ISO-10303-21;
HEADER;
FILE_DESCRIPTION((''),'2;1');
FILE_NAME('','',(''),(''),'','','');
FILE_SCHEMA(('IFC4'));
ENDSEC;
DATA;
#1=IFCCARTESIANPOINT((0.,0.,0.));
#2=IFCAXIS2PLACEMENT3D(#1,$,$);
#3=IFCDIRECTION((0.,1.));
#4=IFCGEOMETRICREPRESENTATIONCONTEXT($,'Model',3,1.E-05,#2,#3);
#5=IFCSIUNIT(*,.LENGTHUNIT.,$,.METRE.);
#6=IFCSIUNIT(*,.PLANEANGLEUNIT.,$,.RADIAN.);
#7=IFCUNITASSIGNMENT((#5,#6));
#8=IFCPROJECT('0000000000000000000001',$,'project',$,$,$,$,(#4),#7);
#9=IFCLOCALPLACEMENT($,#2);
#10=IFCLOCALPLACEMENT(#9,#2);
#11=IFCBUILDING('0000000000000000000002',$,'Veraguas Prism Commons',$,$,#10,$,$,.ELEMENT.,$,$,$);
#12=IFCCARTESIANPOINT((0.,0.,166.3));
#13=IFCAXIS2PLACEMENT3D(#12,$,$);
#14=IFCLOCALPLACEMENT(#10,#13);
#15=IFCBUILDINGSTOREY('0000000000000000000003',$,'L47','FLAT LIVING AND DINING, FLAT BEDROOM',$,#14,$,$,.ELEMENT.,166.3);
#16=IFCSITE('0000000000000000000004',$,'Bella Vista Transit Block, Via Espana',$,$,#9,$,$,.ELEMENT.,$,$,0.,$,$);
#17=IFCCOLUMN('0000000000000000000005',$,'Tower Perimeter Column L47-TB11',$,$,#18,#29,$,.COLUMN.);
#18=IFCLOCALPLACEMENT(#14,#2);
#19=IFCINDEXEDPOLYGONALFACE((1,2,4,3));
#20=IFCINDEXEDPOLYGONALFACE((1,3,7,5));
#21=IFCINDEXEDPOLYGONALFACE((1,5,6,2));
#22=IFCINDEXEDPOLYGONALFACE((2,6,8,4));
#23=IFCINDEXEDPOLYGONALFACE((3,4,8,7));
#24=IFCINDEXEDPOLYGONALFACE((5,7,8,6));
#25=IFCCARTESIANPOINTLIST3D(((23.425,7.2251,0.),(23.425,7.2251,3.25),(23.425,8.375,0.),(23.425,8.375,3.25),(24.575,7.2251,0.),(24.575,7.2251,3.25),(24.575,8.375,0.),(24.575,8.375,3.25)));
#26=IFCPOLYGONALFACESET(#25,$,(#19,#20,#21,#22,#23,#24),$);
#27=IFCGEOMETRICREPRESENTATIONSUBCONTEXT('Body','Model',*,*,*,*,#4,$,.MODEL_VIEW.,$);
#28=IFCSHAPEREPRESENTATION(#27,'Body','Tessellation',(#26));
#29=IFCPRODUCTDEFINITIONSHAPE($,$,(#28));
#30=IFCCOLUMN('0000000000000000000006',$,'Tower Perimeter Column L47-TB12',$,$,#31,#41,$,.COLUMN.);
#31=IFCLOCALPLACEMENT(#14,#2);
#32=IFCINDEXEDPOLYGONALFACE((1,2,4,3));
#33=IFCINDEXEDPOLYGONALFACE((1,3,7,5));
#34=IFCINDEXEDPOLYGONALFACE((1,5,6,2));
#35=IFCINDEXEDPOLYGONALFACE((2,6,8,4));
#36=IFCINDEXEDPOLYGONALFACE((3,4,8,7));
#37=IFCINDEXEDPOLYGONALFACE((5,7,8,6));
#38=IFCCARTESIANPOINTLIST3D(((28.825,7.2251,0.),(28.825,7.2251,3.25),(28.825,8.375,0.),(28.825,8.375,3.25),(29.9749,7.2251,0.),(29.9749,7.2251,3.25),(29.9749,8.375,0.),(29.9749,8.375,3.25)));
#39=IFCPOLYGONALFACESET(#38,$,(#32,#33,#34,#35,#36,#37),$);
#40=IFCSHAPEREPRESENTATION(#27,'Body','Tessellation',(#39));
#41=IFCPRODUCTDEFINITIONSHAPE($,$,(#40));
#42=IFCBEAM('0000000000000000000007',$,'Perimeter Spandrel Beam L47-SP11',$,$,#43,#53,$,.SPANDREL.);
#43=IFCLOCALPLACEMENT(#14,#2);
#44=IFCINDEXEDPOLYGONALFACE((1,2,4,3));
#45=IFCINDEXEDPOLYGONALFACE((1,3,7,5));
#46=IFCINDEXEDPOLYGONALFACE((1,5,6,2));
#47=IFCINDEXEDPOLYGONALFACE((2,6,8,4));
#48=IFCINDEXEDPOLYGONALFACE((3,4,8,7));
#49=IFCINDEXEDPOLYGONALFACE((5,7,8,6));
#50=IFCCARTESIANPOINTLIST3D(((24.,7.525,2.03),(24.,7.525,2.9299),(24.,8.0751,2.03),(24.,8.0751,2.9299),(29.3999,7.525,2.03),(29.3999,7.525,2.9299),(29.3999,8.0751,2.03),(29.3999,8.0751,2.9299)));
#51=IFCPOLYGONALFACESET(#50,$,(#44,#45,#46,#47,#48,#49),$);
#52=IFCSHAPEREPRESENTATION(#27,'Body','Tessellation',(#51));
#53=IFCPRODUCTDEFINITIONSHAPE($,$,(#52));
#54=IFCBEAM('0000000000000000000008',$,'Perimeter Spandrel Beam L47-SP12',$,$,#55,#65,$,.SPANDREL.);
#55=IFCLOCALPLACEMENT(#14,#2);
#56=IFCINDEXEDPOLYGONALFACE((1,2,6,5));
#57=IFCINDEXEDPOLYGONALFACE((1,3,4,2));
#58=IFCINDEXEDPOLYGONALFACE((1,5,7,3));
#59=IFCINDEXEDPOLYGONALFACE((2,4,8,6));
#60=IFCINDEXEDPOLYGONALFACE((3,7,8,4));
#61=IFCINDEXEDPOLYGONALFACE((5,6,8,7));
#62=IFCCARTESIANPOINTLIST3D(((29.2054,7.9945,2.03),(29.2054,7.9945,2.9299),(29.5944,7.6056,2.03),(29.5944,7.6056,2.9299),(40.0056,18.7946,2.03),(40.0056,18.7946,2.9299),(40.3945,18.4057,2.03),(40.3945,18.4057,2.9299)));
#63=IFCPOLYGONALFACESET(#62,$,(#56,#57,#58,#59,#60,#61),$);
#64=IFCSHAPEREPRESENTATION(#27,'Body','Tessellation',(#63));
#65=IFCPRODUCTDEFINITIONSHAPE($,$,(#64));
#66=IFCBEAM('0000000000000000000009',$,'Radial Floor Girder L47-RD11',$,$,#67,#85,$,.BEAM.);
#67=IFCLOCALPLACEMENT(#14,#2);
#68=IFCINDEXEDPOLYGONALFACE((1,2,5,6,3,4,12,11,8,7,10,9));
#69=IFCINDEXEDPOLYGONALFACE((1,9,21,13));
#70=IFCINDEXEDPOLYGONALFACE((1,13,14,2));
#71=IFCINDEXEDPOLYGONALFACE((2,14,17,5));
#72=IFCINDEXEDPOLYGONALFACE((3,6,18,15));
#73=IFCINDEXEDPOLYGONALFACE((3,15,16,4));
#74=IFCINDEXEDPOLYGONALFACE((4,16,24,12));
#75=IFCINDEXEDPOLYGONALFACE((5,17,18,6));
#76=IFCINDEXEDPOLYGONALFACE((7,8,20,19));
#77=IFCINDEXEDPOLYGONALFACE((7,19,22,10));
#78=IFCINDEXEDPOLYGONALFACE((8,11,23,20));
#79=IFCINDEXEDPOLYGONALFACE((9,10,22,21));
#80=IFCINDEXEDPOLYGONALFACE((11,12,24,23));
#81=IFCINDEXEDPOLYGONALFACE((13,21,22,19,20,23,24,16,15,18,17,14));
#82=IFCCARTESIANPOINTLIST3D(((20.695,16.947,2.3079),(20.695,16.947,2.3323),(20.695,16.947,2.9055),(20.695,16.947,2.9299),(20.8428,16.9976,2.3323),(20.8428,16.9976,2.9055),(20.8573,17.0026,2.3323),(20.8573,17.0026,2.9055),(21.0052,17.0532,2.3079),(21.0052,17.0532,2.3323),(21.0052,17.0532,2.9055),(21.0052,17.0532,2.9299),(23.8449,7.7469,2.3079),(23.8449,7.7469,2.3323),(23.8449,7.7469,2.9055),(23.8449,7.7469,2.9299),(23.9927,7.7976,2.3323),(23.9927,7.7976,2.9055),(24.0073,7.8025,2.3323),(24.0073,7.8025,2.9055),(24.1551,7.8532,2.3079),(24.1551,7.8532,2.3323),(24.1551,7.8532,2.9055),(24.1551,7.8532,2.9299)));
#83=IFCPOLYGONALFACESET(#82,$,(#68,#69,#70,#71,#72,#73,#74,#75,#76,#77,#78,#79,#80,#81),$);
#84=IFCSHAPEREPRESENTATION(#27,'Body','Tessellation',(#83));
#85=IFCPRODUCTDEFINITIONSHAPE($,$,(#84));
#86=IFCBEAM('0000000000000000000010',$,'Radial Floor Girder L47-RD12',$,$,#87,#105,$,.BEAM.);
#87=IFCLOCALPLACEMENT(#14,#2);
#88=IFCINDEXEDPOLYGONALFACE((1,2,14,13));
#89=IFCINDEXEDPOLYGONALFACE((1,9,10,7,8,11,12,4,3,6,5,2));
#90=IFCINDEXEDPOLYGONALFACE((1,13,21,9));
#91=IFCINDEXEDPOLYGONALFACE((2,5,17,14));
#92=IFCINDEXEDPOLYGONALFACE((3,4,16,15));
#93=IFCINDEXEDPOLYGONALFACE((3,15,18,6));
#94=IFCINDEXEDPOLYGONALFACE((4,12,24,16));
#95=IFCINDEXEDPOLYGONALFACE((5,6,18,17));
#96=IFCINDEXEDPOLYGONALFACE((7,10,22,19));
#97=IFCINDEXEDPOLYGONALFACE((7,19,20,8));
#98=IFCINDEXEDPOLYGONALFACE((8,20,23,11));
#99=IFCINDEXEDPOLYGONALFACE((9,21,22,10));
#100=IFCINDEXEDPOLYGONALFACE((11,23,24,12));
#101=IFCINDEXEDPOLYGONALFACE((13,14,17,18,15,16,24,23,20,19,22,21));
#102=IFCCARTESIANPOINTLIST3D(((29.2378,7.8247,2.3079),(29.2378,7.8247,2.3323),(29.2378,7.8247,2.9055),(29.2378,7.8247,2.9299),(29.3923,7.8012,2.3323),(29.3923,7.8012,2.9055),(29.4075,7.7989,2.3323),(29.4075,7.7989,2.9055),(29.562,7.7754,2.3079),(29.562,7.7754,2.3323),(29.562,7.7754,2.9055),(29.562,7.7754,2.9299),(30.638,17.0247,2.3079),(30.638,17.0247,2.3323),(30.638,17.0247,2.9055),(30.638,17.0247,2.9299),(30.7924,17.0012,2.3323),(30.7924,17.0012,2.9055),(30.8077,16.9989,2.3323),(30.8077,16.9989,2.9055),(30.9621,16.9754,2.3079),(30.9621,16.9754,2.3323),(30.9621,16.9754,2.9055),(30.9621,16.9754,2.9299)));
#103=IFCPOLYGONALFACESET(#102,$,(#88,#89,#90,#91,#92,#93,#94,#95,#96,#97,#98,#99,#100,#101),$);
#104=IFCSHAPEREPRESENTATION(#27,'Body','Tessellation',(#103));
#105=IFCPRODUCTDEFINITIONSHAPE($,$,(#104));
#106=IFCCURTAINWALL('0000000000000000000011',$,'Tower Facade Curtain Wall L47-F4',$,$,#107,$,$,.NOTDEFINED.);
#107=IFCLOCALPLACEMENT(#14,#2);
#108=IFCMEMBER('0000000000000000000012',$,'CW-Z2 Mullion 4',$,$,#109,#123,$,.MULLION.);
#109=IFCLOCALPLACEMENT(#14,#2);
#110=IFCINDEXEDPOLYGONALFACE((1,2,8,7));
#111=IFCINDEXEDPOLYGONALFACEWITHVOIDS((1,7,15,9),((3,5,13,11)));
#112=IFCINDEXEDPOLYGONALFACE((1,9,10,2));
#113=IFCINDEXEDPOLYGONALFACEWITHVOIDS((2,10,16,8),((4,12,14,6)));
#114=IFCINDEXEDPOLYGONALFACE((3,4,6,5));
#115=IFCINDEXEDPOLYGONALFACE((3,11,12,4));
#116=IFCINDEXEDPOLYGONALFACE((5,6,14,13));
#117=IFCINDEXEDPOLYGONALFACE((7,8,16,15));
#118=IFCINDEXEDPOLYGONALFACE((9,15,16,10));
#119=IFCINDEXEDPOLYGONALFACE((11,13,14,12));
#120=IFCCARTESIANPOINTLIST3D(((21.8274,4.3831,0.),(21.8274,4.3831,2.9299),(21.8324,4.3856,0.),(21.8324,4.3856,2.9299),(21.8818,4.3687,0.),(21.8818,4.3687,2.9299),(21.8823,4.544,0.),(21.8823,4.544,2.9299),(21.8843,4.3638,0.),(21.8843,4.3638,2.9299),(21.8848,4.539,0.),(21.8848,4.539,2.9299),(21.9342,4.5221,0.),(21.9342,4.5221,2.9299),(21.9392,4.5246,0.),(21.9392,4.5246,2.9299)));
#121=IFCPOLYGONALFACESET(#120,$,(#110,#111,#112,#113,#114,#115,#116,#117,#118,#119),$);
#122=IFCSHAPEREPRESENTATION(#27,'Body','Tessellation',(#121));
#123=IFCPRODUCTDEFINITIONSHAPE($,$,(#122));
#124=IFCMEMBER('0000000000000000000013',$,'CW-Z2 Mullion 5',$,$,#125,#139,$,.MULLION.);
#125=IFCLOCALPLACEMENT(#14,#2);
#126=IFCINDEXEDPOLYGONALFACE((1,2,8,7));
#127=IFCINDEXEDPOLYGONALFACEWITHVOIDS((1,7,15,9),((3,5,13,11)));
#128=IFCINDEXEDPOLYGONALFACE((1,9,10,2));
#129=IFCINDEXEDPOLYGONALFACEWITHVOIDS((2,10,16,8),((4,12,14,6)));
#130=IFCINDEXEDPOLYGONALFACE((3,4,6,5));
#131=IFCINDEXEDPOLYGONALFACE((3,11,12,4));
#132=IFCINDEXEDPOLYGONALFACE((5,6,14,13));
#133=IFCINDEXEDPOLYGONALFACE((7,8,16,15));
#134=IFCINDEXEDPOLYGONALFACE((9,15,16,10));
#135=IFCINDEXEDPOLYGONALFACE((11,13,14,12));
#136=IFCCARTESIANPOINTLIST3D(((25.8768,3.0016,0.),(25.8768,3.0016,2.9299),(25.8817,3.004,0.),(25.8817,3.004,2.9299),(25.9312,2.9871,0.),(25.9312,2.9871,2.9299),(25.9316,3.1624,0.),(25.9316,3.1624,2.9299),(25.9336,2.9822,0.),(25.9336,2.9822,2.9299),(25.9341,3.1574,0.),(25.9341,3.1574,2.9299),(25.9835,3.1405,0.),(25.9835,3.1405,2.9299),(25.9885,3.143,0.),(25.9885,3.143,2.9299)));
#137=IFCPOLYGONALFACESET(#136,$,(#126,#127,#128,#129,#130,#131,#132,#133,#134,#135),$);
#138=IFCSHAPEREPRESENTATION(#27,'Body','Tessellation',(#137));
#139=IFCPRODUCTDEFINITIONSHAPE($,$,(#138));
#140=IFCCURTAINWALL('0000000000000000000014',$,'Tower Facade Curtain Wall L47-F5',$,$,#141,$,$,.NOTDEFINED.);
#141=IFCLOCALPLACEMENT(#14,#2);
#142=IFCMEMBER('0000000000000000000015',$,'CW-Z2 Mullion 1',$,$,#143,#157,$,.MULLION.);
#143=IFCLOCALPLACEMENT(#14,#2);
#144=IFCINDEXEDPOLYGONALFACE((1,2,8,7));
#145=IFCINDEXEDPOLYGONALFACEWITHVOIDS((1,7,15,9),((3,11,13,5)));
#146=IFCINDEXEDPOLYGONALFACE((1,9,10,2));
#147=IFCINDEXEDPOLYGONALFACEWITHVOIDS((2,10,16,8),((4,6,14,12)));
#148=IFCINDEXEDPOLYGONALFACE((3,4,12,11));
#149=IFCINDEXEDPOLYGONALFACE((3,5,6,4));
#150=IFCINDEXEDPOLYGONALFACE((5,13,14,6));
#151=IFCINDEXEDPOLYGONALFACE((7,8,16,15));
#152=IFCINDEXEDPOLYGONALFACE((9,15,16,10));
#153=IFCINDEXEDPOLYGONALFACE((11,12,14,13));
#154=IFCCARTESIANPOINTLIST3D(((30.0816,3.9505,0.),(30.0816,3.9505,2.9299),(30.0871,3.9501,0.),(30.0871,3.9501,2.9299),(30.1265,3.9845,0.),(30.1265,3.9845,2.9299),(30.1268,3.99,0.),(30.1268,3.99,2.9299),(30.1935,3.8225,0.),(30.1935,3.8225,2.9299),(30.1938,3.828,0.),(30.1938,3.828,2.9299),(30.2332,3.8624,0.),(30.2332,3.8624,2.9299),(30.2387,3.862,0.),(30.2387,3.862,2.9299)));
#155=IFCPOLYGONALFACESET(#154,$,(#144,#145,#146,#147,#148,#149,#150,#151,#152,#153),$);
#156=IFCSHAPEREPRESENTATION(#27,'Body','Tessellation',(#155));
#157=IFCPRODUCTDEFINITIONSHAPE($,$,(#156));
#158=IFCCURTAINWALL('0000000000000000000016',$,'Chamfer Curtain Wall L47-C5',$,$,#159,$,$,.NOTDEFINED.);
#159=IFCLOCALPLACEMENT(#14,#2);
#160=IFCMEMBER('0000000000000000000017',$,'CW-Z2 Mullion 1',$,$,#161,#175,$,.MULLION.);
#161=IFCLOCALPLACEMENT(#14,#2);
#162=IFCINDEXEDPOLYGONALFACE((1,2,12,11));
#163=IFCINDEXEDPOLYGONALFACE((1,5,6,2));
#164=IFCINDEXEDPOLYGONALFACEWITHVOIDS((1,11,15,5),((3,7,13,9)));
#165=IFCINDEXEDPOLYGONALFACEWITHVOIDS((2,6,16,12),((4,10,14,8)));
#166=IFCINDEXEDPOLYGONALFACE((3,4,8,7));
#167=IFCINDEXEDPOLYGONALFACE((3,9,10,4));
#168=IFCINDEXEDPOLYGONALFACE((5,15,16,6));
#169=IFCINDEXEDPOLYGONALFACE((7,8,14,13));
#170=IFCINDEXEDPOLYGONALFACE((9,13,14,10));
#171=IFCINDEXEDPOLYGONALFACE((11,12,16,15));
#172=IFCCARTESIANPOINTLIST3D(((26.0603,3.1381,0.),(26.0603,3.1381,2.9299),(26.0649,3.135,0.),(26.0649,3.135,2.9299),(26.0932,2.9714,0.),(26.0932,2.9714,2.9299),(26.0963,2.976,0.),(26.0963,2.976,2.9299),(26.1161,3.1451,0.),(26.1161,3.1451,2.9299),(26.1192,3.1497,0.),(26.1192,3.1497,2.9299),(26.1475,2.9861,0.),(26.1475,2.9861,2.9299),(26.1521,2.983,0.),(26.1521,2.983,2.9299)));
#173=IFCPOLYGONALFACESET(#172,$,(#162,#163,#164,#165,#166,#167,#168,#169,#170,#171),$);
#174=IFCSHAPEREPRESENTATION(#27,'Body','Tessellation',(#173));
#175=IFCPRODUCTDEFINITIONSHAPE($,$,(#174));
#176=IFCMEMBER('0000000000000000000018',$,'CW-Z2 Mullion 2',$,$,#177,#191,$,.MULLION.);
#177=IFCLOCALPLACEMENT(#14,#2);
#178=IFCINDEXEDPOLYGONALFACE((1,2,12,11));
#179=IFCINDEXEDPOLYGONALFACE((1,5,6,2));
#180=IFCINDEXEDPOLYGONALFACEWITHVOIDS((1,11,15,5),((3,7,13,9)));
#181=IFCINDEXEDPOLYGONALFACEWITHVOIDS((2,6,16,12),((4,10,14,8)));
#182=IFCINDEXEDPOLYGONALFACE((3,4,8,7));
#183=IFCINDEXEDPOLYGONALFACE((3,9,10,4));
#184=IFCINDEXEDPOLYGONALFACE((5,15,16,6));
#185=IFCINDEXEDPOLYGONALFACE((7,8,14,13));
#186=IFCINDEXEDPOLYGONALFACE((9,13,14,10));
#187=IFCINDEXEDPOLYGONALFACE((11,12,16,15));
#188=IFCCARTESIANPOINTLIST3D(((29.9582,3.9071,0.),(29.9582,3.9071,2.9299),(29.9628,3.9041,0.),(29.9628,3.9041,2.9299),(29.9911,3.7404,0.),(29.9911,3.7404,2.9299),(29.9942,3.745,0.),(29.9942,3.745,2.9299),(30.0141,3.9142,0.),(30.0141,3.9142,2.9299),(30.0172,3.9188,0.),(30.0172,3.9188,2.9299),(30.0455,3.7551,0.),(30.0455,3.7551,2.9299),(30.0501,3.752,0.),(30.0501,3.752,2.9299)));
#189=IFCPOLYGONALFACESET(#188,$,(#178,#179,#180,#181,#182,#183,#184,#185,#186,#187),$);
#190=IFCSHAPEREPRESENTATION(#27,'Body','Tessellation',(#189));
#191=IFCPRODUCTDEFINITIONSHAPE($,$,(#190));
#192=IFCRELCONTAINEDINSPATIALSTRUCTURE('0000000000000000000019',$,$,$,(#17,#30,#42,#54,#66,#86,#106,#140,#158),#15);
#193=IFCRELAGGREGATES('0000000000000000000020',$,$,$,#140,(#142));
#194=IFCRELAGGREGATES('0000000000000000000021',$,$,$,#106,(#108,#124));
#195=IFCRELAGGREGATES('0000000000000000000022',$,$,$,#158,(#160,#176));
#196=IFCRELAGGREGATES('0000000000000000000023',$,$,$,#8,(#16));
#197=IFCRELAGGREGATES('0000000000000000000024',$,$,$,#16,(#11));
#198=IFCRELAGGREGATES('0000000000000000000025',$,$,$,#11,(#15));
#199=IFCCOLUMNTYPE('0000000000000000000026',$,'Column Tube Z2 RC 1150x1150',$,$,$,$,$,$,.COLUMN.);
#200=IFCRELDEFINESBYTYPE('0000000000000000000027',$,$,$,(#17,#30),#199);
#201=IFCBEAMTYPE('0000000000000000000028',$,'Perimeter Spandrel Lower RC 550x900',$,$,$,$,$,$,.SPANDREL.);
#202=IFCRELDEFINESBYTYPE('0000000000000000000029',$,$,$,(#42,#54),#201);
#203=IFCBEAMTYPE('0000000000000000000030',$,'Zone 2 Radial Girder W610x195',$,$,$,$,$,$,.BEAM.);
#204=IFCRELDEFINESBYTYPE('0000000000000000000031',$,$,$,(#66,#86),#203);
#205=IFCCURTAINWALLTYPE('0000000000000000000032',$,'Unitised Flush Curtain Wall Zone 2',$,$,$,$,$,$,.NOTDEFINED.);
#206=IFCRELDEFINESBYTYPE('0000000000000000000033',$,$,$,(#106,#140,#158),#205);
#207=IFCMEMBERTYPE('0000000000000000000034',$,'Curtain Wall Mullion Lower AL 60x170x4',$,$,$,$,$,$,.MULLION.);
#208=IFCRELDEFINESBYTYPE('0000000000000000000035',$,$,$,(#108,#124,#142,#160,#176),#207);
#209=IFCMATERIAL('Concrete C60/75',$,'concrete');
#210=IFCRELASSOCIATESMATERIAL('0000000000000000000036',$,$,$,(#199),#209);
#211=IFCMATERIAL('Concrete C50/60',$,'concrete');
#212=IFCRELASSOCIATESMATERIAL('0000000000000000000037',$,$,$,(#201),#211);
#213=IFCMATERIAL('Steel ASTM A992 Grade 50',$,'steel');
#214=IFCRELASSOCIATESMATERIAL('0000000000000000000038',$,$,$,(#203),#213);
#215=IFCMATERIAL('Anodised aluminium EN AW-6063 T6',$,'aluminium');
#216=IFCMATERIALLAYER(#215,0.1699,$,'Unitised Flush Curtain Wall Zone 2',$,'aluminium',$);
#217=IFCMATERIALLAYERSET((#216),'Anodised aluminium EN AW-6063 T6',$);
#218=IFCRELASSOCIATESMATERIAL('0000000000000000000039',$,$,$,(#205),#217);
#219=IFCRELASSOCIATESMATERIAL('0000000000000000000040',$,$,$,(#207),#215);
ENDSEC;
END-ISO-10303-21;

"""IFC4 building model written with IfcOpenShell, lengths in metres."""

from ifc_helpers import new_model, si_unit, direction, frame, origin, origin_2d, place, context, subcontext, project, spatial, rectangle, hollow_rectangle, i_section, extrude, source, transform, mapped, material, layer, layer_set, material_profile, profile_set, type_object, element, aggregate, save


model = new_model("IFC4")

# Units and contexts
model_context = context("Model", 3, precision=1e-05, world=origin(), true_north=direction((0.0, 1.0)))
body_context = subcontext(model_context, "Body", "Model", "MODEL_VIEW")
ifc_project = project(units=[si_unit("LENGTHUNIT", "METRE"), si_unit("PLANEANGLEUNIT", "RADIAN")], contexts=[model_context])

# Site, building, storey
site_placement = place(None, origin())
site = spatial("IfcSite", under=ifc_project, at=site_placement, Name="Bella Vista Transit Block, Via Espana", CompositionType="ELEMENT", RefElevation=0.0)
building_placement = place(site_placement, origin())
building = spatial("IfcBuilding", under=site, at=building_placement, Name="Veraguas Prism Commons", CompositionType="ELEMENT")
storey_placement = place(building_placement, frame((0.0, 0.0, 166.3)))
storey = spatial("IfcBuildingStorey", under=building, at=storey_placement, Name="L47", Description="FLAT LIVING AND DINING, FLAT BEDROOM", CompositionType="ELEMENT", Elevation=166.3)

# Columns
ifc_material_1 = material(Name="Concrete C60/75", Category="concrete")
ifc_material_profile_1 = material_profile(ifc_material_1, rectangle(XDim=1.1499, YDim=1.1499, at=origin_2d()), Name="RC1150X1150")
ifc_profile_set_1 = profile_set([ifc_material_profile_1], Name="Concrete C60/75")
column_type = type_object("IfcColumnType", Name="Column Tube Z2 RC 1150x1150", PredefinedType="COLUMN", material=ifc_profile_set_1)
for number, where, z_axis, x_axis, name in (
    (1, (24.0, 7.8, 0.0), (0.0, 0.0, 1.0), (1.0, 0.0, 0.0), "Tower Perimeter Column L47-TB11"),
    (2, (29.3999, 7.8, 0.0), (0.0, 0.0, 1.0), (1.0, 0.0, 0.0), "Tower Perimeter Column L47-TB12"),
):
    element("IfcColumn", number, at=place(storey_placement, frame(where, z_axis=z_axis, x_axis=x_axis)), inside=storey, type_object=column_type, Name=name, PredefinedType="COLUMN", context=body_context, shape_type="SweptSolid", body=[
        extrude(rectangle(XDim=1.1499, YDim=1.1499, at=origin_2d()), origin(), (0.0, 0.0, 1.0), 3.25),
    ])

# Beams
ifc_material_2 = material(Name="Concrete C50/60", Category="concrete")
ifc_material_profile_2 = material_profile(ifc_material_2, rectangle(XDim=0.55, YDim=0.8999, at=origin_2d()), Name="RC550X900")
ifc_profile_set_2 = profile_set([ifc_material_profile_2], Name="Concrete C50/60")
beam_type_1 = type_object("IfcBeamType", Name="Perimeter Spandrel Lower RC 550x900", PredefinedType="SPANDREL", material=ifc_profile_set_2)
beam_1_placement = place(storey_placement, frame((24.0, 7.8, 2.48), z_axis=(1.0, 0.0, 0.0), x_axis=(0.0, 1.0, 0.0)))
element("IfcBeam", 3, at=beam_1_placement, inside=storey, type_object=beam_type_1, Name="Perimeter Spandrel Beam L47-SP11", PredefinedType="SPANDREL", context=body_context, shape_type="SweptSolid", body=[
    extrude(rectangle(XDim=0.55, YDim=0.8999, at=origin_2d()), origin(), (0.0, 0.0, 1.0), 5.3999),
])
beam_2_placement = place(storey_placement, frame((29.3999, 7.8, 2.48), z_axis=(0.707107, 0.707107, 0.0), x_axis=(-0.707107, 0.707107, 0.0)))
element("IfcBeam", 4, at=beam_2_placement, inside=storey, type_object=beam_type_1, Name="Perimeter Spandrel Beam L47-SP12", PredefinedType="SPANDREL", context=body_context, shape_type="SweptSolid", body=[
    extrude(rectangle(XDim=0.55, YDim=0.8999, at=origin_2d()), origin(), (0.0, 0.0, 1.0), 15.2737),
])
ifc_material_3 = material(Name="Steel ASTM A992 Grade 50", Category="steel")
ifc_material_profile_3 = material_profile(ifc_material_3, i_section(OverallWidth=0.3279, OverallDepth=0.6221, WebThickness=0.0154, FlangeThickness=0.0244, at=origin_2d()), Name="W610X195")
ifc_profile_set_3 = profile_set([ifc_material_profile_3], Name="Steel ASTM A992 Grade 50")
beam_type_2 = type_object("IfcBeamType", Name="Zone 2 Radial Girder W610x195", PredefinedType="BEAM", material=ifc_profile_set_3)
beam_3_placement = place(storey_placement, frame((24.0, 7.8, 2.6189), z_axis=(-0.323922, 0.946084, 0.0), x_axis=(-0.946084, -0.323922, 0.0)))
element("IfcBeam", 5, at=beam_3_placement, inside=storey, type_object=beam_type_2, Name="Radial Floor Girder L47-RD11", PredefinedType="BEAM", context=body_context, shape_type="SweptSolid", body=[
    extrude(i_section(OverallWidth=0.3279, OverallDepth=0.6221, WebThickness=0.0154, FlangeThickness=0.0244, at=origin_2d()), origin(), (0.0, 0.0, 1.0), 9.7244),
])
beam_4_placement = place(storey_placement, frame((29.3999, 7.8, 2.6189), z_axis=(0.150458, 0.988616, 0.0), x_axis=(-0.988616, 0.150458, 0.0)))
element("IfcBeam", 6, at=beam_4_placement, inside=storey, type_object=beam_type_2, Name="Radial Floor Girder L47-RD12", PredefinedType="BEAM", context=body_context, shape_type="SweptSolid", body=[
    extrude(i_section(OverallWidth=0.3279, OverallDepth=0.6221, WebThickness=0.0154, FlangeThickness=0.0244, at=origin_2d()), origin(), (0.0, 0.0, 1.0), 9.3059),
])

# Curtain wall, members
ifc_material_4 = material(Name="Anodised aluminium EN AW-6063 T6", Category="aluminium")
ifc_layer_1 = layer(ifc_material_4, 0.1699, Name="Unitised Flush Curtain Wall Zone 2", Category="aluminium")
ifc_layer_set_1 = layer_set([ifc_layer_1], Name="Anodised aluminium EN AW-6063 T6")
curtain_wall_type = type_object("IfcCurtainWallType", Name="Unitised Flush Curtain Wall Zone 2", PredefinedType="NOTDEFINED", material=ifc_layer_set_1)
curtain_wall_1_placement = place(storey_placement, origin())
curtain_wall_1 = element("IfcCurtainWall", 7, at=curtain_wall_1_placement, inside=storey, type_object=curtain_wall_type, Name="Tower Facade Curtain Wall L47-F4", PredefinedType="NOTDEFINED")
ifc_material_profile_4 = material_profile(ifc_material_4, hollow_rectangle(XDim=0.0601, YDim=0.1699, WallThickness=0.0039, at=origin_2d()), Name="AL60X170X4")
ifc_profile_set_4 = profile_set([ifc_material_profile_4], Name="Anodised aluminium EN AW-6063 T6")
member_type_1 = type_object("IfcMemberType", Name="Curtain Wall Mullion Lower AL 60x170x4", PredefinedType="MULLION", material=ifc_profile_set_4)
shared_shape_1 = source(origin(), body_context, "Body", "SweptSolid", [
    extrude(hollow_rectangle(XDim=0.0601, YDim=0.1699, WallThickness=0.0039, at=origin_2d()), origin(), (0.0, 0.0, 1.0), 2.9299),
])
member_1_placement = place(storey_placement, frame((21.8833, 4.4539, 0.0), z_axis=(0.0, 0.0, 1.0), x_axis=(0.946425, -0.322925, 0.0)))
member_1 = element("IfcMember", 8, at=member_1_placement, type_object=member_type_1, Name="CW-Z2 Mullion 4", PredefinedType="MULLION", context=body_context, shape_type="MappedRepresentation", body=[
    mapped(shared_shape_1, transform((0.0, 0.0, 0.0), scale=1.0)),
])
member_2_placement = place(storey_placement, frame((25.9326, 3.0723, 0.0), z_axis=(0.0, 0.0, 1.0), x_axis=(0.946425, -0.322925, 0.0)))
member_2 = element("IfcMember", 9, at=member_2_placement, type_object=member_type_1, Name="CW-Z2 Mullion 5", PredefinedType="MULLION", context=body_context, shape_type="MappedRepresentation", body=[
    mapped(shared_shape_1, transform((0.0, 0.0, 0.0), scale=1.0)),
])

# Curtain wall, member
curtain_wall_2_placement = place(storey_placement, origin())
curtain_wall_2 = element("IfcCurtainWall", 10, at=curtain_wall_2_placement, inside=storey, type_object=curtain_wall_type, Name="Tower Facade Curtain Wall L47-F5", PredefinedType="NOTDEFINED")
member_3_placement = place(storey_placement, frame((30.1602, 3.9062, 0.0), z_axis=(0.0, 0.0, 1.0), x_axis=(0.752872, 0.658167, 0.0)))
member_3 = element("IfcMember", 11, at=member_3_placement, type_object=member_type_1, Name="CW-Z2 Mullion 1", PredefinedType="MULLION", context=body_context, shape_type="MappedRepresentation", body=[
    mapped(shared_shape_1, transform((0.0, 0.0, 0.0), scale=1.0)),
])

# Curtain wall, members
curtain_wall_3_placement = place(storey_placement, origin())
curtain_wall_3 = element("IfcCurtainWall", 12, at=curtain_wall_3_placement, inside=storey, type_object=curtain_wall_type, Name="Chamfer Curtain Wall L47-C5", PredefinedType="NOTDEFINED")
member_4_placement = place(storey_placement, frame((26.1062, 3.0605, 0.0), z_axis=(0.0, 0.0, 1.0), x_axis=(0.981091, 0.193549, 0.0)))
member_4 = element("IfcMember", 13, at=member_4_placement, type_object=member_type_1, Name="CW-Z2 Mullion 1", PredefinedType="MULLION", context=body_context, shape_type="MappedRepresentation", body=[
    mapped(shared_shape_1, transform((0.0, 0.0, 0.0), scale=1.0)),
])
member_5_placement = place(storey_placement, frame((30.0042, 3.8296, 0.0), z_axis=(0.0, 0.0, 1.0), x_axis=(0.981091, 0.193549, 0.0)))
member_5 = element("IfcMember", 14, at=member_5_placement, type_object=member_type_1, Name="CW-Z2 Mullion 2", PredefinedType="MULLION", context=body_context, shape_type="MappedRepresentation", body=[
    mapped(shared_shape_1, transform((0.0, 0.0, 0.0), scale=1.0)),
])

aggregate(curtain_wall_2, [member_3])

aggregate(curtain_wall_1, [member_1, member_2])
aggregate(curtain_wall_3, [member_4, member_5])

save(model, "model.ifc")
